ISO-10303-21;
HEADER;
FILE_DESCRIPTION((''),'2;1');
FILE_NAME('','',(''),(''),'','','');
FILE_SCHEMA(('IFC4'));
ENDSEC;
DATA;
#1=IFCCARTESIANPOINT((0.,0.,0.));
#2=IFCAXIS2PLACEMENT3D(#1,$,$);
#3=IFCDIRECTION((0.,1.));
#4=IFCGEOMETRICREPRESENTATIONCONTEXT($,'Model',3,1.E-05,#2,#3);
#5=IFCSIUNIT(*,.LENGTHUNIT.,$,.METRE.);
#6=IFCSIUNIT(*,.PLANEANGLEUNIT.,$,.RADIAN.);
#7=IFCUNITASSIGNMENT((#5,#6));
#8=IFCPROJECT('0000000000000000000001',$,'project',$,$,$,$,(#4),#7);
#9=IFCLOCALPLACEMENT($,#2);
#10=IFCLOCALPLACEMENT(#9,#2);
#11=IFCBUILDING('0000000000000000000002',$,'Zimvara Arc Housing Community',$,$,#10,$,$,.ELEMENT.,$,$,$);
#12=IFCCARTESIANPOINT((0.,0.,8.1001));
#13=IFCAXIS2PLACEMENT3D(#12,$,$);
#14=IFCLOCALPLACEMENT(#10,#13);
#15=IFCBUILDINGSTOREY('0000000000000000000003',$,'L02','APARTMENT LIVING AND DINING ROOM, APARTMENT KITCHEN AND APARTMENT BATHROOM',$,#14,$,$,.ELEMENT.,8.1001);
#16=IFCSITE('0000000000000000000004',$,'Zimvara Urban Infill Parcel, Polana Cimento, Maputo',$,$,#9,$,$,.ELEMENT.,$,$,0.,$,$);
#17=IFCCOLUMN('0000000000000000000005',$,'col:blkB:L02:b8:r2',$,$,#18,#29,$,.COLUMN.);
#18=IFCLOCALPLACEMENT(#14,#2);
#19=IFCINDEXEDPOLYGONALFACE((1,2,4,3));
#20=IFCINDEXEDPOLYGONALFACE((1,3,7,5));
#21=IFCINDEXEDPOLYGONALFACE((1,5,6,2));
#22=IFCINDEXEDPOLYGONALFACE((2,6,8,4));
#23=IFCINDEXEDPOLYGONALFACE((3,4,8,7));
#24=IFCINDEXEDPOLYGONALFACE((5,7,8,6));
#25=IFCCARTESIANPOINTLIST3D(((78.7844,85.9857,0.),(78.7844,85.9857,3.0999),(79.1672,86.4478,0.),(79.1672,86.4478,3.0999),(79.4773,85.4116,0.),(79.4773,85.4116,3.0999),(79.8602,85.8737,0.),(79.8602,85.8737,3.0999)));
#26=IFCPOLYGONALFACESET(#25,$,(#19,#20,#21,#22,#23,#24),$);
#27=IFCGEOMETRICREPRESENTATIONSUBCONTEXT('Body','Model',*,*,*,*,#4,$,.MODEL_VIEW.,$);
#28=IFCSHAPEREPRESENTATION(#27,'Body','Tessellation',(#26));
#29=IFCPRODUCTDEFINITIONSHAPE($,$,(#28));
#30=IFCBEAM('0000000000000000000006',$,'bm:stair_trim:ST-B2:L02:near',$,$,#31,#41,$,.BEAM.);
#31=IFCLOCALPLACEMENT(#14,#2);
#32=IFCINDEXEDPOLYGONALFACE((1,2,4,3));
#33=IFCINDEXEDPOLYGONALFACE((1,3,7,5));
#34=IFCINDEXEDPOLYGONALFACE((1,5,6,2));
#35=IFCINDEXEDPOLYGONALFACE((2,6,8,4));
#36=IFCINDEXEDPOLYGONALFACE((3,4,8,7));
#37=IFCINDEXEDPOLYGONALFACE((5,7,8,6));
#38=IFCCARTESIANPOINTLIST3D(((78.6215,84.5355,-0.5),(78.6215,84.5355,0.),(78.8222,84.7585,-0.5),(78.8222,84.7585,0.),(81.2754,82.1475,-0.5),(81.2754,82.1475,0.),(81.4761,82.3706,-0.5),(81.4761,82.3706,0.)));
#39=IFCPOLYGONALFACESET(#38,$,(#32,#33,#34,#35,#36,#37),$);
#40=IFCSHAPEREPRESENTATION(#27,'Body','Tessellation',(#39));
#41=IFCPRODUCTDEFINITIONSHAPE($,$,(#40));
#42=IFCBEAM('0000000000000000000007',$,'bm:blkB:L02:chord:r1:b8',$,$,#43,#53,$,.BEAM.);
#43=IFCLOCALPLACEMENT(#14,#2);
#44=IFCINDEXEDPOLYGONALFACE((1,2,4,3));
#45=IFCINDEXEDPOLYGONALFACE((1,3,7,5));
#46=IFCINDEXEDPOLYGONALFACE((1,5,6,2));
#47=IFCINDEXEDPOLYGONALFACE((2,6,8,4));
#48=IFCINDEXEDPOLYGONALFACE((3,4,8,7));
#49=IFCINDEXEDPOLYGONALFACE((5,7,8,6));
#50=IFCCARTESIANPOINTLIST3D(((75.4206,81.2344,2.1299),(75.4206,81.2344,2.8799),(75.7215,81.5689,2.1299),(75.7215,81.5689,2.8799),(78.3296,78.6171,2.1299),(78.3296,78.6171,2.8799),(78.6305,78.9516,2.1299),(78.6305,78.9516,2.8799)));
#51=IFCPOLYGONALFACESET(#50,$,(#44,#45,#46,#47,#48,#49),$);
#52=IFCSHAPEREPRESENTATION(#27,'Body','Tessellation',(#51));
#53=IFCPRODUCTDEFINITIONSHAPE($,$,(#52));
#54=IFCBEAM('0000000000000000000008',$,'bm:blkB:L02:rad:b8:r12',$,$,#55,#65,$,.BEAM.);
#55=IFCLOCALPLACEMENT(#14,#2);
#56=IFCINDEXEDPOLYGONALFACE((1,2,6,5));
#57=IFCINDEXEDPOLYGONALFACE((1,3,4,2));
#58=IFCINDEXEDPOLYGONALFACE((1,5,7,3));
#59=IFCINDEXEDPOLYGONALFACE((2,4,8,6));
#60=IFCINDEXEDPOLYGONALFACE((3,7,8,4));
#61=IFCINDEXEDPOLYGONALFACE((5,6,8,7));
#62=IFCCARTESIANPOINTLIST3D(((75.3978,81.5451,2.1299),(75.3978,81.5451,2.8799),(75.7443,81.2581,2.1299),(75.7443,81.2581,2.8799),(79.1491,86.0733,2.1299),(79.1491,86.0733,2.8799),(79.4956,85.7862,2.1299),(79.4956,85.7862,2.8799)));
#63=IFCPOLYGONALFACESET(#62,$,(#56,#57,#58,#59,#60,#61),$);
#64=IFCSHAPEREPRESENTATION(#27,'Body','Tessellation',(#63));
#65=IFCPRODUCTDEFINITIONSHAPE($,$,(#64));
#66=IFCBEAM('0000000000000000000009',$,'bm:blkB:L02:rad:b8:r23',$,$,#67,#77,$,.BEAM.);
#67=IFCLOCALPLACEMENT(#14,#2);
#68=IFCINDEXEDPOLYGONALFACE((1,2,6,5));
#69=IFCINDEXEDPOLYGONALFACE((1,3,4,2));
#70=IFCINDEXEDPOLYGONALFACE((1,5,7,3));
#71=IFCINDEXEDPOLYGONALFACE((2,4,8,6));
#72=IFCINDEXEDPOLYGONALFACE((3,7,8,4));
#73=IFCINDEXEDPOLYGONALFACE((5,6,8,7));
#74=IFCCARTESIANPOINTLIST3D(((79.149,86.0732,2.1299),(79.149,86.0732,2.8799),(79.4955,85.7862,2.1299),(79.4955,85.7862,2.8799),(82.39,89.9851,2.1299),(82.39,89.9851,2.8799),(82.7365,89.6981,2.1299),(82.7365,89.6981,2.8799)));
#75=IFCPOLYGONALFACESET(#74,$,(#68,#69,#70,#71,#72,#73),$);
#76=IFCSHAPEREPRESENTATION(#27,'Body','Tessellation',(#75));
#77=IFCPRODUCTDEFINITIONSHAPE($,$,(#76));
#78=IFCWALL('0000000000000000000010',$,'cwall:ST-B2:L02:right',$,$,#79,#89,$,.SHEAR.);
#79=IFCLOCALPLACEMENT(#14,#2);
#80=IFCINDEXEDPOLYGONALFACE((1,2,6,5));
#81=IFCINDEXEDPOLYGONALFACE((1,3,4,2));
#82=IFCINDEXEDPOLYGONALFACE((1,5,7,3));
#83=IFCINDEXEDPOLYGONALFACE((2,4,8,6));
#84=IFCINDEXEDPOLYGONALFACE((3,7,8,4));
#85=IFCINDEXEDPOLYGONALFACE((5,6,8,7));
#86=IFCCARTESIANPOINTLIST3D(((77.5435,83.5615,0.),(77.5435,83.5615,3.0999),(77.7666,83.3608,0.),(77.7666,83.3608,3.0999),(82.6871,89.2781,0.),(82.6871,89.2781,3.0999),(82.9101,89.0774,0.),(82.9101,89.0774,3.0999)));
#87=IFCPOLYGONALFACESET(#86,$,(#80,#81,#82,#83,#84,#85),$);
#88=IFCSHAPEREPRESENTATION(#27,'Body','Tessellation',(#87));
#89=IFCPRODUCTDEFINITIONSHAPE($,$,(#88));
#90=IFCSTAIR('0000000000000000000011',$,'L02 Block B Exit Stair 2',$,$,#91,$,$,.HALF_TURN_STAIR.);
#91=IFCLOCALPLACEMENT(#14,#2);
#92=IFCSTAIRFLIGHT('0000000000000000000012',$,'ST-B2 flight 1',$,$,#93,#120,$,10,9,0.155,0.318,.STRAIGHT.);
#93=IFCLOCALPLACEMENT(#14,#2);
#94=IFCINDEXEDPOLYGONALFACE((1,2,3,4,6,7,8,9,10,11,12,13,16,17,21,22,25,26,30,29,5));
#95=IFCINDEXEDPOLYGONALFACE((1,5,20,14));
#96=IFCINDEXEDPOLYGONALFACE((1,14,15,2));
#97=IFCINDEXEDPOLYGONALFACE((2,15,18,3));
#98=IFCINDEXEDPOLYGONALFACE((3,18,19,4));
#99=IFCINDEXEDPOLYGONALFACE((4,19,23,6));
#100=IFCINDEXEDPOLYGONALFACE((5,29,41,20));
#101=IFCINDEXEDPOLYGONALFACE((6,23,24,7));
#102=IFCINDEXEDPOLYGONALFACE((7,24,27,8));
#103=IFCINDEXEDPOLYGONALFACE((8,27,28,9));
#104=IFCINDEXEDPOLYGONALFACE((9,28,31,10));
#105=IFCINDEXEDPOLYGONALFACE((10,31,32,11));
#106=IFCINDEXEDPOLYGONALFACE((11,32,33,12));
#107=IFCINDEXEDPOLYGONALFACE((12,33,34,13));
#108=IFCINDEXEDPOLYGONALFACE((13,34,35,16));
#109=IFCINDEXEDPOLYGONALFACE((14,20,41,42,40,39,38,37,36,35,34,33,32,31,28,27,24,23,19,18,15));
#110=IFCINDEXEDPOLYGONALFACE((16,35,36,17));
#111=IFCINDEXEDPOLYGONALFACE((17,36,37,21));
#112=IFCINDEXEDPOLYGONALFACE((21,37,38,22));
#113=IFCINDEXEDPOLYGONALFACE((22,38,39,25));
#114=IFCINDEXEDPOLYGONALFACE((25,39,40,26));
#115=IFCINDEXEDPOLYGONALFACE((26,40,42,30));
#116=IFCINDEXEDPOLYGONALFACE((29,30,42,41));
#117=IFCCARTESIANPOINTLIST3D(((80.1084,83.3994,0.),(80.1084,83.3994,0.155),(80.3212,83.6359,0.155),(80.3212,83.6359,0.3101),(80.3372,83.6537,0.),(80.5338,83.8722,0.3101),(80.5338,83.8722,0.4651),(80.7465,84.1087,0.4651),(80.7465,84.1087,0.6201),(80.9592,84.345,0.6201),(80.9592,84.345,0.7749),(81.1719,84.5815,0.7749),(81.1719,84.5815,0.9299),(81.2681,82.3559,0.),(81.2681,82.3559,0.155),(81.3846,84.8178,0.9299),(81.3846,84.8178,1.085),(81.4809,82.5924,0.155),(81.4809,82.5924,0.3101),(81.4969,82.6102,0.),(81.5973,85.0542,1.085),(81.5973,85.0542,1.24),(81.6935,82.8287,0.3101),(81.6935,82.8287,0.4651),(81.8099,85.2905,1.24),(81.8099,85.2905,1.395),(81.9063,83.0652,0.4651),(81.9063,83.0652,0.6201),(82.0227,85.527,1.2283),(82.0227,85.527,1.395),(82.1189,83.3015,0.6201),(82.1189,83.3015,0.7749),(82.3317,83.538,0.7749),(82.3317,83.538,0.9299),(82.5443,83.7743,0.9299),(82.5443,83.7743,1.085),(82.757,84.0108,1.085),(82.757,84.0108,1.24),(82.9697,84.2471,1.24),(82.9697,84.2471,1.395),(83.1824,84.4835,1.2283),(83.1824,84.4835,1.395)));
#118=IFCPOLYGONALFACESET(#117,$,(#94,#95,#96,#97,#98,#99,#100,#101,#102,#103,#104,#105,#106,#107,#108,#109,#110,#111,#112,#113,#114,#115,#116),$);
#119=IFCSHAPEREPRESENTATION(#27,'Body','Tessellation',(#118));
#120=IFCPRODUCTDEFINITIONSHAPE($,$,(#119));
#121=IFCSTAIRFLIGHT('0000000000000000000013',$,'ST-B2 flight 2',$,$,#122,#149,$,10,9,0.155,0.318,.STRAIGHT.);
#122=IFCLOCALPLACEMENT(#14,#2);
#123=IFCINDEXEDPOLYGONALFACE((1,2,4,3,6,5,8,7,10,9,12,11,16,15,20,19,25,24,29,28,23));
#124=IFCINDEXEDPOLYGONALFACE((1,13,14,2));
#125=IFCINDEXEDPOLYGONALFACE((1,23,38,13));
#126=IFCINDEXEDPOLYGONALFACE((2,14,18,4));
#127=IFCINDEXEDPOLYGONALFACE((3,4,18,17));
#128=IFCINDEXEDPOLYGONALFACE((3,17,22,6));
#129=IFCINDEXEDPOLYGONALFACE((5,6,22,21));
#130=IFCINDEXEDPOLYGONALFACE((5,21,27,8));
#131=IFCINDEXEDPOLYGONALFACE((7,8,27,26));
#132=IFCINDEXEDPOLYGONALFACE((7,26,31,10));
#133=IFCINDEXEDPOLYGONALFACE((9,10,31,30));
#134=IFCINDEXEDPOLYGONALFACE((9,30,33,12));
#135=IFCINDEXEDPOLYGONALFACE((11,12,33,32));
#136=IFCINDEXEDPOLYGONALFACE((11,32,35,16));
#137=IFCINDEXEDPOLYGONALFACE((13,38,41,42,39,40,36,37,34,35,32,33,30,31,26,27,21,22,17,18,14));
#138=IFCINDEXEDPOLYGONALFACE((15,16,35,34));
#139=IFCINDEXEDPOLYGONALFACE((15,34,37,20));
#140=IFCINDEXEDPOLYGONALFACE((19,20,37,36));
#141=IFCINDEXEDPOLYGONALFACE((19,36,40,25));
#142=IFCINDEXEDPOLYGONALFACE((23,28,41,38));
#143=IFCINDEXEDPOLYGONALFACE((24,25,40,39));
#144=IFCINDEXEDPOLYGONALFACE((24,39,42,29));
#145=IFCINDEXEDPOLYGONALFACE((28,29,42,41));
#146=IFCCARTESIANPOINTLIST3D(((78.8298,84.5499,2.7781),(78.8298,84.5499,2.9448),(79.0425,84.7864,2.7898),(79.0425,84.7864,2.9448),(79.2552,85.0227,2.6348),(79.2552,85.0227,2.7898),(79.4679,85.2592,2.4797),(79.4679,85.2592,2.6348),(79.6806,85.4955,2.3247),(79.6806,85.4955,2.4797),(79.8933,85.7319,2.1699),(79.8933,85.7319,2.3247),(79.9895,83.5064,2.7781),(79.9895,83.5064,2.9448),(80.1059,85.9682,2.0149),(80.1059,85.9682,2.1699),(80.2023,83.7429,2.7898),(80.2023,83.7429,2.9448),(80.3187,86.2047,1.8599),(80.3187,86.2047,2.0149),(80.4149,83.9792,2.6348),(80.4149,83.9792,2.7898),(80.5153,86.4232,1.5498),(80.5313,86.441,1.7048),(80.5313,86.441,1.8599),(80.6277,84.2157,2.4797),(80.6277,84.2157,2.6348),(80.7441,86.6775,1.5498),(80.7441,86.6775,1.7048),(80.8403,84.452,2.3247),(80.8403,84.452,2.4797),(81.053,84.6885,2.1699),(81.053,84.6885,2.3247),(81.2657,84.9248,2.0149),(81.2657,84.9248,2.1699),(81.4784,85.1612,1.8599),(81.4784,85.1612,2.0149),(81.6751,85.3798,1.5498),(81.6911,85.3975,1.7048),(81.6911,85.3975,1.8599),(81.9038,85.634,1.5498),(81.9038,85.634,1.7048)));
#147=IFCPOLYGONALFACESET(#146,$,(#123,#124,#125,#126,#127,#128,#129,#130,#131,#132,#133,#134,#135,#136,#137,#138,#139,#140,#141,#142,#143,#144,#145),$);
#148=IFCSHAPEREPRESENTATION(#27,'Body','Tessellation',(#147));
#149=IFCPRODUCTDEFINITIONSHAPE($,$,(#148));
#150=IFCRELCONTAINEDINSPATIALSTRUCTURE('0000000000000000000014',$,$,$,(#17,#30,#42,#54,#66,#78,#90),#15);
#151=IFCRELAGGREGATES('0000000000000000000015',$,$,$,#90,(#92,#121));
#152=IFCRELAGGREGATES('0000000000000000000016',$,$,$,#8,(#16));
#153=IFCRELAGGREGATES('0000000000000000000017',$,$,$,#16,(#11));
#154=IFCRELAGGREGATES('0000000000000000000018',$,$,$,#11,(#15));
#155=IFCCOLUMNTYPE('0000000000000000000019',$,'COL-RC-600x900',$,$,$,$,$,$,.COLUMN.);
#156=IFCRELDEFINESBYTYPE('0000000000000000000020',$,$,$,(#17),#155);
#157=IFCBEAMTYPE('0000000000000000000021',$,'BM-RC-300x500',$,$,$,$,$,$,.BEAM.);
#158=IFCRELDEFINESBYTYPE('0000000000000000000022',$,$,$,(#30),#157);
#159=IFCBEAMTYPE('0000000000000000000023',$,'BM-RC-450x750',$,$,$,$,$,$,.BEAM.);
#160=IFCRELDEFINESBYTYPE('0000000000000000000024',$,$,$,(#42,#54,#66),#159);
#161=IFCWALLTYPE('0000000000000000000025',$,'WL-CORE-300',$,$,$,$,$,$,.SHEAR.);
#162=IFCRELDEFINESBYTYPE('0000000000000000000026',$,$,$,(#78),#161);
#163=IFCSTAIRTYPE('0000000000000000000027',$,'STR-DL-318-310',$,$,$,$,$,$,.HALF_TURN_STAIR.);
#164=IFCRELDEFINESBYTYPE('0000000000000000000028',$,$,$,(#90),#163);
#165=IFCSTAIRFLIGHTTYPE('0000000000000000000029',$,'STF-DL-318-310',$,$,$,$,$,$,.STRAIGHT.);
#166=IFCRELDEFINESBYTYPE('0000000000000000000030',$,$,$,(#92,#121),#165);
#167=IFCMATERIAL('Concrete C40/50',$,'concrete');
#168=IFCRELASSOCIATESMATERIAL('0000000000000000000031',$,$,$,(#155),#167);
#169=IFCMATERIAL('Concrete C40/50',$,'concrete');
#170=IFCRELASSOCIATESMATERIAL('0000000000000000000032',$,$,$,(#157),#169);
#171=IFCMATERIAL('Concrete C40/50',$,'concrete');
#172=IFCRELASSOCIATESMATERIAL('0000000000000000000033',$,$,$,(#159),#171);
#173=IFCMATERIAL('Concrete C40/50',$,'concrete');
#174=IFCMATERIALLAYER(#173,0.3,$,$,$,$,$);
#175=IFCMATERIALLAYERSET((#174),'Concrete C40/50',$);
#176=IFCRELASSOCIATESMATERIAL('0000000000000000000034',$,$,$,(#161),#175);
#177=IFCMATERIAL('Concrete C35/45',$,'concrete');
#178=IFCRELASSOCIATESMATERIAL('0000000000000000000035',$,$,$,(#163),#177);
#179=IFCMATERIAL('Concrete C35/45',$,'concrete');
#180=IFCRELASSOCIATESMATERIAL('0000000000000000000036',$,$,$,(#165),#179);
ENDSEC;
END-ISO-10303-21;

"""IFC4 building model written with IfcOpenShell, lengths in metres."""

from ifc_helpers import new_model, si_unit, direction, frame, frame_2d, origin, origin_2d, place, context, subcontext, project, spatial, polyline, rectangle, outline, extrude, material, layer, layer_set, material_profile, profile_set, type_object, element, aggregate, save


model = new_model("IFC4")

# Units and contexts
model_context = context("Model", 3, precision=1e-05, world=origin(), true_north=direction((0.0, 1.0)))
body_context = subcontext(model_context, "Body", "Model", "MODEL_VIEW")
ifc_project = project(units=[si_unit("LENGTHUNIT", "METRE"), si_unit("PLANEANGLEUNIT", "RADIAN")], contexts=[model_context])

# Site, building, storey
site_placement = place(None, origin())
site = spatial("IfcSite", under=ifc_project, at=site_placement, Name="Zimvara Urban Infill Parcel, Polana Cimento, Maputo", CompositionType="ELEMENT", RefElevation=0.0)
building_placement = place(site_placement, origin())
building = spatial("IfcBuilding", under=site, at=building_placement, Name="Zimvara Arc Housing Community", CompositionType="ELEMENT")
storey_placement = place(building_placement, frame((0.0, 0.0, 8.1001)))
storey = spatial("IfcBuildingStorey", under=building, at=storey_placement, Name="L02", Description="APARTMENT LIVING AND DINING ROOM, APARTMENT KITCHEN AND APARTMENT BATHROOM", CompositionType="ELEMENT", Elevation=8.1001)

# Column
ifc_material_1 = material(Name="Concrete C40/50", Category="concrete")
ifc_material_profile_1 = material_profile(ifc_material_1, rectangle(XDim=0.6001, YDim=0.8999, at=origin_2d()), Name="RC 600x900")
ifc_profile_set_1 = profile_set([ifc_material_profile_1], Name="Concrete C40/50")
column_type = type_object("IfcColumnType", Name="COL-RC-600x900", PredefinedType="COLUMN", material=ifc_profile_set_1)
column_placement = place(storey_placement, frame((79.3223, 85.9297, 0.0), z_axis=(0.0, 0.0, 1.0), x_axis=(0.637962, 0.770068, 0.0)))
element("IfcColumn", 1, at=column_placement, inside=storey, type_object=column_type, Name="col:blkB:L02:b8:r2", PredefinedType="COLUMN", context=body_context, shape_type="SweptSolid", body=[
    extrude(rectangle(XDim=0.6001, YDim=0.8999, at=origin_2d()), origin(), (0.0, 0.0, 1.0), 3.0999),
])

# Beams
ifc_material_2 = material(Name="Concrete C40/50", Category="concrete")
ifc_material_profile_2 = material_profile(ifc_material_2, rectangle(XDim=0.3, YDim=0.5, at=origin_2d()), Name="RC 300x500")
ifc_profile_set_2 = profile_set([ifc_material_profile_2], Name="Concrete C40/50")
beam_type_1 = type_object("IfcBeamType", Name="BM-RC-300x500", PredefinedType="BEAM", material=ifc_profile_set_2)
beam_1_placement = place(storey_placement, frame((81.3757, 82.259, -0.25), z_axis=(-0.743362, 0.668889, 0.0), x_axis=(-0.668889, -0.743362, 0.0)))
element("IfcBeam", 2, at=beam_1_placement, inside=storey, type_object=beam_type_1, Name="bm:stair_trim:ST-B2:L02:near", PredefinedType="BEAM", context=body_context, shape_type="SweptSolid", body=[
    extrude(rectangle(XDim=0.3, YDim=0.5, at=origin_2d()), origin(), (0.0, 0.0, 1.0), 3.5701),
])
ifc_material_3 = material(Name="Concrete C40/50", Category="concrete")
ifc_material_profile_3 = material_profile(ifc_material_3, rectangle(XDim=0.45, YDim=0.75, at=origin_2d()), Name="RC 450x750")
ifc_profile_set_3 = profile_set([ifc_material_profile_3], Name="Concrete C40/50")
beam_type_2 = type_object("IfcBeamType", Name="BM-RC-450x750", PredefinedType="BEAM", material=ifc_profile_set_3)
beam_2_placement = place(storey_placement, frame((75.571, 81.4016, 2.5049), z_axis=(0.743403, -0.668844, 0.0), x_axis=(0.668844, 0.743403, 0.0)))
element("IfcBeam", 3, at=beam_2_placement, inside=storey, type_object=beam_type_2, Name="bm:blkB:L02:chord:r1:b8", PredefinedType="BEAM", context=body_context, shape_type="SweptSolid", body=[
    extrude(rectangle(XDim=0.45, YDim=0.75, at=origin_2d()), origin(), (0.0, 0.0, 1.0), 3.9131),
])
beam_3_placement = place(storey_placement, frame((75.571, 81.4016, 2.5049), z_axis=(0.637956, 0.770073, 0.0), x_axis=(-0.770073, 0.637956, 0.0)))
element("IfcBeam", 4, at=beam_3_placement, inside=storey, type_object=beam_type_2, Name="bm:blkB:L02:rad:b8:r12", PredefinedType="BEAM", context=body_context, shape_type="SweptSolid", body=[
    extrude(rectangle(XDim=0.45, YDim=0.75, at=origin_2d()), origin(), (0.0, 0.0, 1.0), 5.8801),
])
beam_4_placement = place(storey_placement, frame((79.3223, 85.9297, 2.5049), z_axis=(0.637984, 0.77005, 0.0), x_axis=(-0.77005, 0.637984, 0.0)))
element("IfcBeam", 5, at=beam_4_placement, inside=storey, type_object=beam_type_2, Name="bm:blkB:L02:rad:b8:r23", PredefinedType="BEAM", context=body_context, shape_type="SweptSolid", body=[
    extrude(rectangle(XDim=0.45, YDim=0.75, at=origin_2d()), origin(), (0.0, 0.0, 1.0), 5.0801),
])

# Wall
ifc_material_4 = material(Name="Concrete C40/50", Category="concrete")
ifc_layer_1 = layer(ifc_material_4, 0.3)
ifc_layer_set_1 = layer_set([ifc_layer_1], Name="Concrete C40/50")
wall_type_1 = type_object("IfcWallType", Name="WL-CORE-300", PredefinedType="SHEAR", material=ifc_layer_set_1)
wall_1_placement = place(storey_placement, frame((77.655, 83.4612, 0.0), z_axis=(0.0, 0.0, 1.0), x_axis=(0.668868, 0.743381, 0.0)))
element("IfcWall", 6, at=wall_1_placement, inside=storey, type_object=wall_type_1, Name="cwall:ST-B2:L02:right", PredefinedType="SHEAR", context=body_context, shape_type="SweptSolid", body=[
    extrude(rectangle(XDim=7.6899, YDim=0.3, at=frame_2d((3.845, 0.0))), origin(), (0.0, 0.0, 1.0), 3.0999),
])

# Stair, stair flights
ifc_material_5 = material(Name="Concrete C35/45", Category="concrete")
stair_type = type_object("IfcStairType", Name="STR-DL-318-310", PredefinedType="HALF_TURN_STAIR", material=ifc_material_5)
stair_placement = place(storey_placement, origin())
stair = element("IfcStair", 7, at=stair_placement, inside=storey, type_object=stair_type, Name="L02 Block B Exit Stair 2", PredefinedType="HALF_TURN_STAIR")
ifc_material_6 = material(Name="Concrete C35/45", Category="concrete")
stair_flight_type = type_object("IfcStairFlightType", Name="STF-DL-318-310", PredefinedType="STRAIGHT", material=ifc_material_6)
stair_flight_1_placement = place(storey_placement, frame((80.6882, 82.8777, 0.0), z_axis=(0.0, 0.0, 1.0), x_axis=(0.668871, 0.743378, 0.0)))
stair_flight_1 = element("IfcStairFlight", 8, at=stair_flight_1_placement, type_object=stair_flight_type, Name="ST-B2 flight 1", NumberOfRisers=10, NumberOfTreads=9, PredefinedType="STRAIGHT", RiserHeight=0.155, TreadLength=0.318, context=body_context, shape_type="SweptSolid", body=[
    extrude(outline(polyline([(0.0, 0.0), (0.0, 0.155), (0.3181, 0.155), (0.3181, 0.3101), (0.636, 0.3101), (0.636, 0.4651), (0.9541, 0.4651), (0.9541, 0.6201), (1.272, 0.6201), (1.272, 0.7749), (1.5901, 0.7749), (1.5901, 0.9299), (1.908, 0.9299), (1.908, 1.085), (2.2261, 1.085), (2.2261, 1.24), (2.5439, 1.24), (2.5439, 1.395), (2.8621, 1.395), (2.8621, 1.55), (2.8621, 1.2283), (0.342, 0.0), (0.0, 0.0)])), frame((0.0, 0.78, 0.0), z_axis=(0.0, -1.0, 0.0), x_axis=(1.0, 0.0, 0.0)), (0.0, 0.0, 1.0), 1.5601),
])
stair_flight_2_placement = place(storey_placement, frame((81.324, 86.1558, 1.5498), z_axis=(0.0, 0.0, 1.0), x_axis=(-0.668871, -0.743378, 0.0)))
stair_flight_2 = element("IfcStairFlight", 9, at=stair_flight_2_placement, type_object=stair_flight_type, Name="ST-B2 flight 2", NumberOfRisers=10, NumberOfTreads=9, PredefinedType="STRAIGHT", RiserHeight=0.155, TreadLength=0.318, context=body_context, shape_type="SweptSolid", body=[
    extrude(outline(polyline([(0.0, 0.0), (0.0, 0.155), (0.3181, 0.155), (0.3181, 0.3101), (0.636, 0.3101), (0.636, 0.4651), (0.9541, 0.4651), (0.9541, 0.6201), (1.272, 0.6201), (1.272, 0.7749), (1.5901, 0.7749), (1.5901, 0.9299), (1.908, 0.9299), (1.908, 1.085), (2.2261, 1.085), (2.2261, 1.24), (2.5439, 1.24), (2.5439, 1.395), (2.8621, 1.395), (2.8621, 1.55), (2.8621, 1.2283), (0.342, 0.0), (0.0, 0.0)])), frame((0.0, 0.78, 0.0), z_axis=(0.0, -1.0, 0.0), x_axis=(1.0, 0.0, 0.0)), (0.0, 0.0, 1.0), 1.5601),
])
aggregate(stair, [stair_flight_1, stair_flight_2])

save(model, "model.ifc")
